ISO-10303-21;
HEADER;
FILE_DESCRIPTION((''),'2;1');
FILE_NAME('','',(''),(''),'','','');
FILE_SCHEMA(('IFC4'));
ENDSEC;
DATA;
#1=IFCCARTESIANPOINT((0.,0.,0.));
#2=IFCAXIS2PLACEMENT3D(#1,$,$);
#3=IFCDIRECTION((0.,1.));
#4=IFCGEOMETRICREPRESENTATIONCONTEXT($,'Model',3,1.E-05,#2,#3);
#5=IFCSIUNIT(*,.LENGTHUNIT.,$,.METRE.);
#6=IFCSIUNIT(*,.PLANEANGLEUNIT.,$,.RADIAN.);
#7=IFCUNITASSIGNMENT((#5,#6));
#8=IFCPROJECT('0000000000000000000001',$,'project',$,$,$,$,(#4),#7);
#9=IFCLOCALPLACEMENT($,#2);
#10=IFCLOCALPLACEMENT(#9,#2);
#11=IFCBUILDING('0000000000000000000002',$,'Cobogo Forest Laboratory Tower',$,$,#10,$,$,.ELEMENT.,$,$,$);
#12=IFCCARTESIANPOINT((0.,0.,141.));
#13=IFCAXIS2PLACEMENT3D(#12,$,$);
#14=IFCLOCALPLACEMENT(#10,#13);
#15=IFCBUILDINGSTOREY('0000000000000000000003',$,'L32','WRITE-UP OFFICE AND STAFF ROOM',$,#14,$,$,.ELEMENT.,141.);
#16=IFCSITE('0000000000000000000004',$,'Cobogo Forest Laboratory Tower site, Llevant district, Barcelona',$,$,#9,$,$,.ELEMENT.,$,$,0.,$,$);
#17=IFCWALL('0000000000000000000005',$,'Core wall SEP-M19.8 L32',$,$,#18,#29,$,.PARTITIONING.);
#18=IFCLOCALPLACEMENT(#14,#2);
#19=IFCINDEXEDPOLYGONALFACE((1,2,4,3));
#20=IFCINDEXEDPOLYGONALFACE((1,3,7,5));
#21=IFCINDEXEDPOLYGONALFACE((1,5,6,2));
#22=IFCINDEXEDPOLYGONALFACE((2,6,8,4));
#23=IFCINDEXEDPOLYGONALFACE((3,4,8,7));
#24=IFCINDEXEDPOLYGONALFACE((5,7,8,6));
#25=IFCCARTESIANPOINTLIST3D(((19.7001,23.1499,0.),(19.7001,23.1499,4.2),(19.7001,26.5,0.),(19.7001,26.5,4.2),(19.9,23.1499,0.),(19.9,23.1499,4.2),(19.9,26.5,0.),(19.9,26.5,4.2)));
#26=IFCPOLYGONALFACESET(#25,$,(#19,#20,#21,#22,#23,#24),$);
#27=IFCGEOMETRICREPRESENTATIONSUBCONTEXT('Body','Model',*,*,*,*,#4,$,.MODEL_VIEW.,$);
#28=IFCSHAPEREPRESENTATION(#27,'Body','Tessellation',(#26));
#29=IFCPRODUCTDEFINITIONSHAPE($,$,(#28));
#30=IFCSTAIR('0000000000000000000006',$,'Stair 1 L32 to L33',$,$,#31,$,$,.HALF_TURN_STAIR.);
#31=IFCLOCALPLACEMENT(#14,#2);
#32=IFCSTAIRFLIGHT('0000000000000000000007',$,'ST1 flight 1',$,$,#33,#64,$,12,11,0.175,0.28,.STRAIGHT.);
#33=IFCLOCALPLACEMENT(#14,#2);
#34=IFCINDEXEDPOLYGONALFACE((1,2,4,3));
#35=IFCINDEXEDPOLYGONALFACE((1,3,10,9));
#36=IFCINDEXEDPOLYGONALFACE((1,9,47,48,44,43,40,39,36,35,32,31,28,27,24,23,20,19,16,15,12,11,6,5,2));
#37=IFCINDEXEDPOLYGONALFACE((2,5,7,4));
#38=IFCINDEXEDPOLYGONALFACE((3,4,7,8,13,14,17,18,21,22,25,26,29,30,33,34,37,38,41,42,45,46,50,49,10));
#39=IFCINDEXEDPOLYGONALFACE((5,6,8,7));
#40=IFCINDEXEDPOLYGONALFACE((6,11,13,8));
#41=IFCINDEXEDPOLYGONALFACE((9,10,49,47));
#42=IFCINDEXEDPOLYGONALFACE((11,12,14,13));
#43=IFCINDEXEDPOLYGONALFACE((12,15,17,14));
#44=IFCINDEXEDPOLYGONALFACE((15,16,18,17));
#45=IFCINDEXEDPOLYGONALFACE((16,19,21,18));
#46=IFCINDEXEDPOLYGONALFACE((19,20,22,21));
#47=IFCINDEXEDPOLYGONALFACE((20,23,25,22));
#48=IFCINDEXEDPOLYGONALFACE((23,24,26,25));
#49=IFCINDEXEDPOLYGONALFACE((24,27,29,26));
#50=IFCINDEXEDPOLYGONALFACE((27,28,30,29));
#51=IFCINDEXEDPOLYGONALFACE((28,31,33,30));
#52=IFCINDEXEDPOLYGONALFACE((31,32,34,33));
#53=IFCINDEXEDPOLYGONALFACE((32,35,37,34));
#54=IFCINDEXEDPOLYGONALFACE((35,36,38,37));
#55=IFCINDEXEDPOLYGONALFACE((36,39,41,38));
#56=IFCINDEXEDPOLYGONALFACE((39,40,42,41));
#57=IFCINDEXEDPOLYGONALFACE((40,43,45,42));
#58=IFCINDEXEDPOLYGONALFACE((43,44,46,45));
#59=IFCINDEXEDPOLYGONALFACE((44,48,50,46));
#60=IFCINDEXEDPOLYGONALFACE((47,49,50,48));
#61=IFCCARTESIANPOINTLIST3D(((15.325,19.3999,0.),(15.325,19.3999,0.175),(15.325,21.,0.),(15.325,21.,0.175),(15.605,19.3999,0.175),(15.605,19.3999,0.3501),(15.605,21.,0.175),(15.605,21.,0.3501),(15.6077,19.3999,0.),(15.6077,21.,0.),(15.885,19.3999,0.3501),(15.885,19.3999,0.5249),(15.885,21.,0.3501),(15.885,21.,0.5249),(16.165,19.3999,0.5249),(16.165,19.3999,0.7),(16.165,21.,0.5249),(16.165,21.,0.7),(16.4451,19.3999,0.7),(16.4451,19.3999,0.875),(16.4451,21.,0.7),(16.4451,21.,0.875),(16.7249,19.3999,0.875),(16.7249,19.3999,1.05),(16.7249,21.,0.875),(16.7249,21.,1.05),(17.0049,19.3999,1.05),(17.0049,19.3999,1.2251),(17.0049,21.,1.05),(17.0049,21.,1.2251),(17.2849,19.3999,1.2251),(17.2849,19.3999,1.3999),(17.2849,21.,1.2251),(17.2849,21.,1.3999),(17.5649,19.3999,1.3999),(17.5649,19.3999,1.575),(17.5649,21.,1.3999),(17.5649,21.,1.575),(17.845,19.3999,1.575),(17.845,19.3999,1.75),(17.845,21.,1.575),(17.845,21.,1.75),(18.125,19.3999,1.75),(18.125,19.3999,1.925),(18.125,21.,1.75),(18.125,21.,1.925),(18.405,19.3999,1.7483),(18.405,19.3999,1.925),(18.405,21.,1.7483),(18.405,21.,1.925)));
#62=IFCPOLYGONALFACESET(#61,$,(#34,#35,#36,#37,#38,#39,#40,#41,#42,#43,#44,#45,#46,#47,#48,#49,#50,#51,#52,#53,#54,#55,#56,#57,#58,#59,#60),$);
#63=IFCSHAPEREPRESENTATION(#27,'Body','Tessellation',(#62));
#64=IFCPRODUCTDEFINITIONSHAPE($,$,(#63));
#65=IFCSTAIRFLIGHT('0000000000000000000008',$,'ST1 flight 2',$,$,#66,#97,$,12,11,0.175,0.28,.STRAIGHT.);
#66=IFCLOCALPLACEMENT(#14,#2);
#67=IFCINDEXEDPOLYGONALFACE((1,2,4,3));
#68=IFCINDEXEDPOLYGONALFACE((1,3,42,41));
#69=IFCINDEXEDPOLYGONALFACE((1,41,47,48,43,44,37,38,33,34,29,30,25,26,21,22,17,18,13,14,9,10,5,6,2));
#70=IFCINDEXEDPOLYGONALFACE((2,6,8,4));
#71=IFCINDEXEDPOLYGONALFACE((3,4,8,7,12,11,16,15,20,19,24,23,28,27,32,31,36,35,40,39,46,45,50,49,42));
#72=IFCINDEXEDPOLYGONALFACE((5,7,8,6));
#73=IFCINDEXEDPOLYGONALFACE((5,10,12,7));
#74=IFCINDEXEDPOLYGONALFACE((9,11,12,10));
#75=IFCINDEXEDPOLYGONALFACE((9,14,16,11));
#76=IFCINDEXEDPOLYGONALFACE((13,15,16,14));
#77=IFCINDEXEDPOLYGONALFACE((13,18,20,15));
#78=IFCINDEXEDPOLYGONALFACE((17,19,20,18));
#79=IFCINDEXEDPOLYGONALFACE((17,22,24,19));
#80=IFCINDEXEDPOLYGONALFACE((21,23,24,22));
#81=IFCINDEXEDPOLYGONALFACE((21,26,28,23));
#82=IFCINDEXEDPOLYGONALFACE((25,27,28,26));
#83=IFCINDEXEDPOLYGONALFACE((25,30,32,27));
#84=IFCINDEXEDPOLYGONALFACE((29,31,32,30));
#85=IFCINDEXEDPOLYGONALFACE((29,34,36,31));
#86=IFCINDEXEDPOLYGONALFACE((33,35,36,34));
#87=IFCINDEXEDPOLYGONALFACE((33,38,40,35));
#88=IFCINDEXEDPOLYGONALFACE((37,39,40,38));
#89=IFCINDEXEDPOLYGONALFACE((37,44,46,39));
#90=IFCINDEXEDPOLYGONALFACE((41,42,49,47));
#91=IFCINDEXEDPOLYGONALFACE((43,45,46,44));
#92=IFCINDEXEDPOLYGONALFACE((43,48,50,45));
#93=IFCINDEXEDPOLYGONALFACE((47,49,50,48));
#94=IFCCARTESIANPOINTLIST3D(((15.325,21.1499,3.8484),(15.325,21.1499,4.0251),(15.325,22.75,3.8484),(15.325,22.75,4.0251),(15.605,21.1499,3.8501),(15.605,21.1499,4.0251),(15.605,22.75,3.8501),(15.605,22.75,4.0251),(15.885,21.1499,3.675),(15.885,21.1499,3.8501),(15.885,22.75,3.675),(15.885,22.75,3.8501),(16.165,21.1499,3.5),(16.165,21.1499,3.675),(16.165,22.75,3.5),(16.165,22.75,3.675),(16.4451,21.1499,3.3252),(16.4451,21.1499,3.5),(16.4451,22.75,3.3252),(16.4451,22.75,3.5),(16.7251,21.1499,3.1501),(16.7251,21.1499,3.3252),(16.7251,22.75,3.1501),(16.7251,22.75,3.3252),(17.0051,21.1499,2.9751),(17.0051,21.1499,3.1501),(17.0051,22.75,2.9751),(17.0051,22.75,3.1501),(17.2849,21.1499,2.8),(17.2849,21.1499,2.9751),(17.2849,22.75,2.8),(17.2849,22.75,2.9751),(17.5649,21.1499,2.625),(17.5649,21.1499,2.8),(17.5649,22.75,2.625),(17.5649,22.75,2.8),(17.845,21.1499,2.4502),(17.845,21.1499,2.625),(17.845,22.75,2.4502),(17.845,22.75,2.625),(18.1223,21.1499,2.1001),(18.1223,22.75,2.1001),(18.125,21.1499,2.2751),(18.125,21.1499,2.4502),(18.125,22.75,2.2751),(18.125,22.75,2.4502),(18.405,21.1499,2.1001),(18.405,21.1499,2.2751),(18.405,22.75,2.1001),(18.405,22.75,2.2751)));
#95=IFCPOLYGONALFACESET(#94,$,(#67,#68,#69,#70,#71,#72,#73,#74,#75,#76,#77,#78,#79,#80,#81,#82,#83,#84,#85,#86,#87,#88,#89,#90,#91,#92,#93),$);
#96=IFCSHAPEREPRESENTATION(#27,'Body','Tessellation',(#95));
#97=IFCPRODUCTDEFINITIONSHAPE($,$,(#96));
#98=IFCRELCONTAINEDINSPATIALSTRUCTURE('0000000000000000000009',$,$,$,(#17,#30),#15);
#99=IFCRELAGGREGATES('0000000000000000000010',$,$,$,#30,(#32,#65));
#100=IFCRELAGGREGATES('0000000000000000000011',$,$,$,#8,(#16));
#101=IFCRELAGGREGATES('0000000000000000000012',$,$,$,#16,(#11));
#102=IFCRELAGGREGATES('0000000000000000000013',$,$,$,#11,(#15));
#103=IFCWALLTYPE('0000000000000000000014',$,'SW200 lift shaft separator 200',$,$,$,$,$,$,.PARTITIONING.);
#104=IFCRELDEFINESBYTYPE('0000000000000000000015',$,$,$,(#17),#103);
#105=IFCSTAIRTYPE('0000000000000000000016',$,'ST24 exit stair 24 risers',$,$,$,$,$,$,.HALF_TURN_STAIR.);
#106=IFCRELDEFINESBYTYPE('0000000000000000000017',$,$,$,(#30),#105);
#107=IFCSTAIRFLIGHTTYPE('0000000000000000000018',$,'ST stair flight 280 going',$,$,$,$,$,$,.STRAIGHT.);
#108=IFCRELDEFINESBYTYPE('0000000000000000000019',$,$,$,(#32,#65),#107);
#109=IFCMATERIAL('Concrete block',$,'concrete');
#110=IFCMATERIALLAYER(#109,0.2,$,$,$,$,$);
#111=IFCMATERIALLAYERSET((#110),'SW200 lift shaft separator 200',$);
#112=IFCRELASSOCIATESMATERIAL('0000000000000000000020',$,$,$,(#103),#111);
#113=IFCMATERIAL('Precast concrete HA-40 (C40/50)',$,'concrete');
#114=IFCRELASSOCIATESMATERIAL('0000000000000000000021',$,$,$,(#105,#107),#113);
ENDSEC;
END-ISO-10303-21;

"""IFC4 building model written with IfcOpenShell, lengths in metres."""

from ifc_helpers import new_model, si_unit, direction, frame, frame_2d, origin, place, context, subcontext, project, spatial, polyline, rectangle, outline, extrude, material, layer, layer_set, type_object, element, aggregate, save


model = new_model("IFC4")

# Units and contexts
model_context = context("Model", 3, precision=1e-05, world=origin(), true_north=direction((0.0, 1.0)))
body_context = subcontext(model_context, "Body", "Model", "MODEL_VIEW")
ifc_project = project(units=[si_unit("LENGTHUNIT", "METRE"), si_unit("PLANEANGLEUNIT", "RADIAN")], contexts=[model_context])

# Site, building, storey
site_placement = place(None, origin())
site = spatial("IfcSite", under=ifc_project, at=site_placement, Name="Cobogo Forest Laboratory Tower site, Llevant district, Barcelona", CompositionType="ELEMENT", RefElevation=0.0)
building_placement = place(site_placement, origin())
building = spatial("IfcBuilding", under=site, at=building_placement, Name="Cobogo Forest Laboratory Tower", CompositionType="ELEMENT")
storey_placement = place(building_placement, frame((0.0, 0.0, 141.0)))
storey = spatial("IfcBuildingStorey", under=building, at=storey_placement, Name="L32", Description="WRITE-UP OFFICE AND STAFF ROOM", CompositionType="ELEMENT", Elevation=141.0)

# Wall
ifc_material_1 = material(Name="Concrete block", Category="concrete")
ifc_layer_1 = layer(ifc_material_1, 0.2)
ifc_layer_set_1 = layer_set([ifc_layer_1], Name="SW200 lift shaft separator 200")
wall_type_1 = type_object("IfcWallType", Name="SW200 lift shaft separator 200", PredefinedType="PARTITIONING", material=ifc_layer_set_1)
wall_1_placement = place(storey_placement, frame((19.8, 23.1499, 0.0), z_axis=(0.0, 0.0, 1.0), x_axis=(0.0, 1.0, 0.0)))
element("IfcWall", 1, at=wall_1_placement, inside=storey, type_object=wall_type_1, Name="Core wall SEP-M19.8 L32", PredefinedType="PARTITIONING", context=body_context, shape_type="SweptSolid", body=[
    extrude(rectangle(XDim=3.3501, YDim=0.2, at=frame_2d((1.675, 0.0))), origin(), (0.0, 0.0, 1.0), 4.2),
])

# Stair, stair flights
ifc_material_2 = material(Name="Precast concrete HA-40 (C40/50)", Category="concrete")
stair_type = type_object("IfcStairType", Name="ST24 exit stair 24 risers", PredefinedType="HALF_TURN_STAIR", material=ifc_material_2)
stair_placement = place(storey_placement, origin())
stair = element("IfcStair", 2, at=stair_placement, inside=storey, type_object=stair_type, Name="Stair 1 L32 to L33", PredefinedType="HALF_TURN_STAIR")
stair_flight_type = type_object("IfcStairFlightType", Name="ST stair flight 280 going", PredefinedType="STRAIGHT", material=ifc_material_2)
stair_flight_1_placement = place(storey_placement, frame((15.325, 20.2, 0.0), z_axis=(0.0, 0.0, 1.0), x_axis=(1.0, 0.0, 0.0)))
stair_flight_1 = element("IfcStairFlight", 3, at=stair_flight_1_placement, type_object=stair_flight_type, Name="ST1 flight 1", NumberOfRisers=12, NumberOfTreads=11, PredefinedType="STRAIGHT", RiserHeight=0.175, TreadLength=0.28, context=body_context, shape_type="SweptSolid", body=[
    extrude(outline(polyline([(0.0, 0.0), (0.0, 0.175), (0.28, 0.175), (0.28, 0.3501), (0.5601, 0.3501), (0.5601, 0.5249), (0.8401, 0.5249), (0.8401, 0.7), (1.1201, 0.7), (1.1201, 0.875), (1.3999, 0.875), (1.3999, 1.05), (1.6799, 1.05), (1.6799, 1.2251), (1.96, 1.2251), (1.96, 1.3999), (2.24, 1.3999), (2.24, 1.575), (2.52, 1.575), (2.52, 1.75), (2.8, 1.75), (2.8, 1.925), (3.0801, 1.925), (3.0801, 2.1001), (3.0801, 1.7483), (0.2827, 0.0), (0.0, 0.0)])), frame((0.0, 0.8, 0.0), z_axis=(0.0, -1.0, 0.0), x_axis=(1.0, 0.0, 0.0)), (0.0, 0.0, 1.0), 1.6001),
])
stair_flight_2_placement = place(storey_placement, frame((18.405, 21.95, 2.1001), z_axis=(0.0, 0.0, 1.0), x_axis=(-1.0, 0.0, 0.0)))
stair_flight_2 = element("IfcStairFlight", 4, at=stair_flight_2_placement, type_object=stair_flight_type, Name="ST1 flight 2", NumberOfRisers=12, NumberOfTreads=11, PredefinedType="STRAIGHT", RiserHeight=0.175, TreadLength=0.28, context=body_context, shape_type="SweptSolid", body=[
    extrude(outline(polyline([(0.0, 0.0), (0.0, 0.175), (0.28, 0.175), (0.28, 0.3501), (0.5601, 0.3501), (0.5601, 0.5249), (0.8401, 0.5249), (0.8401, 0.7), (1.1201, 0.7), (1.1201, 0.875), (1.3999, 0.875), (1.3999, 1.05), (1.6799, 1.05), (1.6799, 1.2251), (1.96, 1.2251), (1.96, 1.3999), (2.24, 1.3999), (2.24, 1.575), (2.52, 1.575), (2.52, 1.75), (2.8, 1.75), (2.8, 1.925), (3.0801, 1.925), (3.0801, 2.1001), (3.0801, 1.7483), (0.2827, 0.0), (0.0, 0.0)])), frame((0.0, 0.8, 0.0), z_axis=(0.0, -1.0, 0.0), x_axis=(1.0, 0.0, 0.0)), (0.0, 0.0, 1.0), 1.6001),
])
aggregate(stair, [stair_flight_1, stair_flight_2])

save(model, "model.ifc")
